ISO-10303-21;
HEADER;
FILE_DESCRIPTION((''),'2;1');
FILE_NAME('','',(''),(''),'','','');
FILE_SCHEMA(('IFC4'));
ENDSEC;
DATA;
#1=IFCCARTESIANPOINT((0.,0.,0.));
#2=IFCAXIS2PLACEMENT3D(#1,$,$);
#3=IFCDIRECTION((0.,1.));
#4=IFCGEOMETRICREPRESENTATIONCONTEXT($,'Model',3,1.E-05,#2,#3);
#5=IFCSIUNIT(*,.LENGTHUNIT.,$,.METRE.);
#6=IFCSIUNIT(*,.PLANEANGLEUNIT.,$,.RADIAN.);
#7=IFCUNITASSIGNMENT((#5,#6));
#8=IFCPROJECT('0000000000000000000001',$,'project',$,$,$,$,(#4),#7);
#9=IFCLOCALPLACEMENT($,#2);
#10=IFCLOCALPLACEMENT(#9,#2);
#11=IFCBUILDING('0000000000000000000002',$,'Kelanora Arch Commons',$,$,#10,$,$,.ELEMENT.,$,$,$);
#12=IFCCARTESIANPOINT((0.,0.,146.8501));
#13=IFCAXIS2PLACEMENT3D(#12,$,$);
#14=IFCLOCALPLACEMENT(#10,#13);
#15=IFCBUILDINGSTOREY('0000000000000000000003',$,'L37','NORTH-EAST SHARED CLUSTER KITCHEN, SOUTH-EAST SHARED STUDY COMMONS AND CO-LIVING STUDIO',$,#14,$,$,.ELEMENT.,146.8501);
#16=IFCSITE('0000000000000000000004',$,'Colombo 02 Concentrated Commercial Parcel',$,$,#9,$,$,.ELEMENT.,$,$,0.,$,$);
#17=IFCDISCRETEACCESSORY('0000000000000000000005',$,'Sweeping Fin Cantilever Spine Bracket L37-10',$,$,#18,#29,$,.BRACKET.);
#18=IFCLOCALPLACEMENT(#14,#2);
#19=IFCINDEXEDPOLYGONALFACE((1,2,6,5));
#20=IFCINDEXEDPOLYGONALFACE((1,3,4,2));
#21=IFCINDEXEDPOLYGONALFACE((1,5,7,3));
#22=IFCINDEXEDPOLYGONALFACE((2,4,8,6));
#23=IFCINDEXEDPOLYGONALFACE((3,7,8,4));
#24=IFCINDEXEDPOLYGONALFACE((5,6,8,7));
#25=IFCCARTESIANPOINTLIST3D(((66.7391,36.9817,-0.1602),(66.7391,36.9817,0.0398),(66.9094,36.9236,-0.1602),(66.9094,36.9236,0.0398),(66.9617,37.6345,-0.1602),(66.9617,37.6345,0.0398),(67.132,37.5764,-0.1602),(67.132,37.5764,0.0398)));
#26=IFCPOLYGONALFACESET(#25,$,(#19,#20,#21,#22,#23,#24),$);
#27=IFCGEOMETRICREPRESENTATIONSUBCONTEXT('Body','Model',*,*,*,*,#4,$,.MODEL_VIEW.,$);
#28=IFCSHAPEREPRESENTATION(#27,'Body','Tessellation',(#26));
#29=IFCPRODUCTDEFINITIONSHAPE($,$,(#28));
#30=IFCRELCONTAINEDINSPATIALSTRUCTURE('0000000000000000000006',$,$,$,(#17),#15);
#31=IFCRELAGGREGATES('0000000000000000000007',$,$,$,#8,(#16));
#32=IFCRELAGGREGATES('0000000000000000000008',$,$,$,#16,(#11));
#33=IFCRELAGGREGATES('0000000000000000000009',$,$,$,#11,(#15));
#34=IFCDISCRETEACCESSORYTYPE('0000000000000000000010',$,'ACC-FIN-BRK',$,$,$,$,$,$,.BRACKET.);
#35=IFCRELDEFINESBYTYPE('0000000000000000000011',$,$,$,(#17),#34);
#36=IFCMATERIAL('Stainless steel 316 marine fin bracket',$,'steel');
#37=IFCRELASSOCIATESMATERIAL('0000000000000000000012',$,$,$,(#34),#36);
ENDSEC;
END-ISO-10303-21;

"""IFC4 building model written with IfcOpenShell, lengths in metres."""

from ifc_helpers import new_model, si_unit, direction, frame, origin, origin_2d, place, context, subcontext, project, spatial, rectangle, extrude, source, transform, mapped, material, type_object, element, save


model = new_model("IFC4")

# Units and contexts
model_context = context("Model", 3, precision=1e-05, world=origin(), true_north=direction((0.0, 1.0)))
body_context = subcontext(model_context, "Body", "Model", "MODEL_VIEW")
ifc_project = project(units=[si_unit("LENGTHUNIT", "METRE"), si_unit("PLANEANGLEUNIT", "RADIAN")], contexts=[model_context])

# Site, building, storey
site_placement = place(None, origin())
site = spatial("IfcSite", under=ifc_project, at=site_placement, Name="Colombo 02 Concentrated Commercial Parcel", CompositionType="ELEMENT", RefElevation=0.0)
building_placement = place(site_placement, origin())
building = spatial("IfcBuilding", under=site, at=building_placement, Name="Kelanora Arch Commons", CompositionType="ELEMENT")
storey_placement = place(building_placement, frame((0.0, 0.0, 146.8501)))
storey = spatial("IfcBuildingStorey", under=building, at=storey_placement, Name="L37", Description="NORTH-EAST SHARED CLUSTER KITCHEN, SOUTH-EAST SHARED STUDY COMMONS AND CO-LIVING STUDIO", CompositionType="ELEMENT", Elevation=146.8501)

# Discrete accessory
ifc_material_1 = material(Name="Stainless steel 316 marine fin bracket", Category="steel")
discrete_accessory_type = type_object("IfcDiscreteAccessoryType", Name="ACC-FIN-BRK", PredefinedType="BRACKET", material=ifc_material_1)
shared_shape_1 = source(origin(), body_context, "Body", "SweptSolid", [
    extrude(rectangle(XDim=0.6897, YDim=0.1799, at=origin_2d()), origin(), (0.0, 0.0, 1.0), 0.2),
])
discrete_accessory_placement = place(storey_placement, frame((66.9355, 37.2791, -0.1602), z_axis=(0.0, 0.0, 1.0), x_axis=(-0.322761, -0.94648, 0.0)))
element("IfcDiscreteAccessory", 1, at=discrete_accessory_placement, inside=storey, type_object=discrete_accessory_type, Name="Sweeping Fin Cantilever Spine Bracket L37-10", PredefinedType="BRACKET", context=body_context, shape_type="MappedRepresentation", body=[
    mapped(shared_shape_1, transform((0.0, 0.0, 0.0), scale=1.0)),
])

save(model, "model.ifc")
